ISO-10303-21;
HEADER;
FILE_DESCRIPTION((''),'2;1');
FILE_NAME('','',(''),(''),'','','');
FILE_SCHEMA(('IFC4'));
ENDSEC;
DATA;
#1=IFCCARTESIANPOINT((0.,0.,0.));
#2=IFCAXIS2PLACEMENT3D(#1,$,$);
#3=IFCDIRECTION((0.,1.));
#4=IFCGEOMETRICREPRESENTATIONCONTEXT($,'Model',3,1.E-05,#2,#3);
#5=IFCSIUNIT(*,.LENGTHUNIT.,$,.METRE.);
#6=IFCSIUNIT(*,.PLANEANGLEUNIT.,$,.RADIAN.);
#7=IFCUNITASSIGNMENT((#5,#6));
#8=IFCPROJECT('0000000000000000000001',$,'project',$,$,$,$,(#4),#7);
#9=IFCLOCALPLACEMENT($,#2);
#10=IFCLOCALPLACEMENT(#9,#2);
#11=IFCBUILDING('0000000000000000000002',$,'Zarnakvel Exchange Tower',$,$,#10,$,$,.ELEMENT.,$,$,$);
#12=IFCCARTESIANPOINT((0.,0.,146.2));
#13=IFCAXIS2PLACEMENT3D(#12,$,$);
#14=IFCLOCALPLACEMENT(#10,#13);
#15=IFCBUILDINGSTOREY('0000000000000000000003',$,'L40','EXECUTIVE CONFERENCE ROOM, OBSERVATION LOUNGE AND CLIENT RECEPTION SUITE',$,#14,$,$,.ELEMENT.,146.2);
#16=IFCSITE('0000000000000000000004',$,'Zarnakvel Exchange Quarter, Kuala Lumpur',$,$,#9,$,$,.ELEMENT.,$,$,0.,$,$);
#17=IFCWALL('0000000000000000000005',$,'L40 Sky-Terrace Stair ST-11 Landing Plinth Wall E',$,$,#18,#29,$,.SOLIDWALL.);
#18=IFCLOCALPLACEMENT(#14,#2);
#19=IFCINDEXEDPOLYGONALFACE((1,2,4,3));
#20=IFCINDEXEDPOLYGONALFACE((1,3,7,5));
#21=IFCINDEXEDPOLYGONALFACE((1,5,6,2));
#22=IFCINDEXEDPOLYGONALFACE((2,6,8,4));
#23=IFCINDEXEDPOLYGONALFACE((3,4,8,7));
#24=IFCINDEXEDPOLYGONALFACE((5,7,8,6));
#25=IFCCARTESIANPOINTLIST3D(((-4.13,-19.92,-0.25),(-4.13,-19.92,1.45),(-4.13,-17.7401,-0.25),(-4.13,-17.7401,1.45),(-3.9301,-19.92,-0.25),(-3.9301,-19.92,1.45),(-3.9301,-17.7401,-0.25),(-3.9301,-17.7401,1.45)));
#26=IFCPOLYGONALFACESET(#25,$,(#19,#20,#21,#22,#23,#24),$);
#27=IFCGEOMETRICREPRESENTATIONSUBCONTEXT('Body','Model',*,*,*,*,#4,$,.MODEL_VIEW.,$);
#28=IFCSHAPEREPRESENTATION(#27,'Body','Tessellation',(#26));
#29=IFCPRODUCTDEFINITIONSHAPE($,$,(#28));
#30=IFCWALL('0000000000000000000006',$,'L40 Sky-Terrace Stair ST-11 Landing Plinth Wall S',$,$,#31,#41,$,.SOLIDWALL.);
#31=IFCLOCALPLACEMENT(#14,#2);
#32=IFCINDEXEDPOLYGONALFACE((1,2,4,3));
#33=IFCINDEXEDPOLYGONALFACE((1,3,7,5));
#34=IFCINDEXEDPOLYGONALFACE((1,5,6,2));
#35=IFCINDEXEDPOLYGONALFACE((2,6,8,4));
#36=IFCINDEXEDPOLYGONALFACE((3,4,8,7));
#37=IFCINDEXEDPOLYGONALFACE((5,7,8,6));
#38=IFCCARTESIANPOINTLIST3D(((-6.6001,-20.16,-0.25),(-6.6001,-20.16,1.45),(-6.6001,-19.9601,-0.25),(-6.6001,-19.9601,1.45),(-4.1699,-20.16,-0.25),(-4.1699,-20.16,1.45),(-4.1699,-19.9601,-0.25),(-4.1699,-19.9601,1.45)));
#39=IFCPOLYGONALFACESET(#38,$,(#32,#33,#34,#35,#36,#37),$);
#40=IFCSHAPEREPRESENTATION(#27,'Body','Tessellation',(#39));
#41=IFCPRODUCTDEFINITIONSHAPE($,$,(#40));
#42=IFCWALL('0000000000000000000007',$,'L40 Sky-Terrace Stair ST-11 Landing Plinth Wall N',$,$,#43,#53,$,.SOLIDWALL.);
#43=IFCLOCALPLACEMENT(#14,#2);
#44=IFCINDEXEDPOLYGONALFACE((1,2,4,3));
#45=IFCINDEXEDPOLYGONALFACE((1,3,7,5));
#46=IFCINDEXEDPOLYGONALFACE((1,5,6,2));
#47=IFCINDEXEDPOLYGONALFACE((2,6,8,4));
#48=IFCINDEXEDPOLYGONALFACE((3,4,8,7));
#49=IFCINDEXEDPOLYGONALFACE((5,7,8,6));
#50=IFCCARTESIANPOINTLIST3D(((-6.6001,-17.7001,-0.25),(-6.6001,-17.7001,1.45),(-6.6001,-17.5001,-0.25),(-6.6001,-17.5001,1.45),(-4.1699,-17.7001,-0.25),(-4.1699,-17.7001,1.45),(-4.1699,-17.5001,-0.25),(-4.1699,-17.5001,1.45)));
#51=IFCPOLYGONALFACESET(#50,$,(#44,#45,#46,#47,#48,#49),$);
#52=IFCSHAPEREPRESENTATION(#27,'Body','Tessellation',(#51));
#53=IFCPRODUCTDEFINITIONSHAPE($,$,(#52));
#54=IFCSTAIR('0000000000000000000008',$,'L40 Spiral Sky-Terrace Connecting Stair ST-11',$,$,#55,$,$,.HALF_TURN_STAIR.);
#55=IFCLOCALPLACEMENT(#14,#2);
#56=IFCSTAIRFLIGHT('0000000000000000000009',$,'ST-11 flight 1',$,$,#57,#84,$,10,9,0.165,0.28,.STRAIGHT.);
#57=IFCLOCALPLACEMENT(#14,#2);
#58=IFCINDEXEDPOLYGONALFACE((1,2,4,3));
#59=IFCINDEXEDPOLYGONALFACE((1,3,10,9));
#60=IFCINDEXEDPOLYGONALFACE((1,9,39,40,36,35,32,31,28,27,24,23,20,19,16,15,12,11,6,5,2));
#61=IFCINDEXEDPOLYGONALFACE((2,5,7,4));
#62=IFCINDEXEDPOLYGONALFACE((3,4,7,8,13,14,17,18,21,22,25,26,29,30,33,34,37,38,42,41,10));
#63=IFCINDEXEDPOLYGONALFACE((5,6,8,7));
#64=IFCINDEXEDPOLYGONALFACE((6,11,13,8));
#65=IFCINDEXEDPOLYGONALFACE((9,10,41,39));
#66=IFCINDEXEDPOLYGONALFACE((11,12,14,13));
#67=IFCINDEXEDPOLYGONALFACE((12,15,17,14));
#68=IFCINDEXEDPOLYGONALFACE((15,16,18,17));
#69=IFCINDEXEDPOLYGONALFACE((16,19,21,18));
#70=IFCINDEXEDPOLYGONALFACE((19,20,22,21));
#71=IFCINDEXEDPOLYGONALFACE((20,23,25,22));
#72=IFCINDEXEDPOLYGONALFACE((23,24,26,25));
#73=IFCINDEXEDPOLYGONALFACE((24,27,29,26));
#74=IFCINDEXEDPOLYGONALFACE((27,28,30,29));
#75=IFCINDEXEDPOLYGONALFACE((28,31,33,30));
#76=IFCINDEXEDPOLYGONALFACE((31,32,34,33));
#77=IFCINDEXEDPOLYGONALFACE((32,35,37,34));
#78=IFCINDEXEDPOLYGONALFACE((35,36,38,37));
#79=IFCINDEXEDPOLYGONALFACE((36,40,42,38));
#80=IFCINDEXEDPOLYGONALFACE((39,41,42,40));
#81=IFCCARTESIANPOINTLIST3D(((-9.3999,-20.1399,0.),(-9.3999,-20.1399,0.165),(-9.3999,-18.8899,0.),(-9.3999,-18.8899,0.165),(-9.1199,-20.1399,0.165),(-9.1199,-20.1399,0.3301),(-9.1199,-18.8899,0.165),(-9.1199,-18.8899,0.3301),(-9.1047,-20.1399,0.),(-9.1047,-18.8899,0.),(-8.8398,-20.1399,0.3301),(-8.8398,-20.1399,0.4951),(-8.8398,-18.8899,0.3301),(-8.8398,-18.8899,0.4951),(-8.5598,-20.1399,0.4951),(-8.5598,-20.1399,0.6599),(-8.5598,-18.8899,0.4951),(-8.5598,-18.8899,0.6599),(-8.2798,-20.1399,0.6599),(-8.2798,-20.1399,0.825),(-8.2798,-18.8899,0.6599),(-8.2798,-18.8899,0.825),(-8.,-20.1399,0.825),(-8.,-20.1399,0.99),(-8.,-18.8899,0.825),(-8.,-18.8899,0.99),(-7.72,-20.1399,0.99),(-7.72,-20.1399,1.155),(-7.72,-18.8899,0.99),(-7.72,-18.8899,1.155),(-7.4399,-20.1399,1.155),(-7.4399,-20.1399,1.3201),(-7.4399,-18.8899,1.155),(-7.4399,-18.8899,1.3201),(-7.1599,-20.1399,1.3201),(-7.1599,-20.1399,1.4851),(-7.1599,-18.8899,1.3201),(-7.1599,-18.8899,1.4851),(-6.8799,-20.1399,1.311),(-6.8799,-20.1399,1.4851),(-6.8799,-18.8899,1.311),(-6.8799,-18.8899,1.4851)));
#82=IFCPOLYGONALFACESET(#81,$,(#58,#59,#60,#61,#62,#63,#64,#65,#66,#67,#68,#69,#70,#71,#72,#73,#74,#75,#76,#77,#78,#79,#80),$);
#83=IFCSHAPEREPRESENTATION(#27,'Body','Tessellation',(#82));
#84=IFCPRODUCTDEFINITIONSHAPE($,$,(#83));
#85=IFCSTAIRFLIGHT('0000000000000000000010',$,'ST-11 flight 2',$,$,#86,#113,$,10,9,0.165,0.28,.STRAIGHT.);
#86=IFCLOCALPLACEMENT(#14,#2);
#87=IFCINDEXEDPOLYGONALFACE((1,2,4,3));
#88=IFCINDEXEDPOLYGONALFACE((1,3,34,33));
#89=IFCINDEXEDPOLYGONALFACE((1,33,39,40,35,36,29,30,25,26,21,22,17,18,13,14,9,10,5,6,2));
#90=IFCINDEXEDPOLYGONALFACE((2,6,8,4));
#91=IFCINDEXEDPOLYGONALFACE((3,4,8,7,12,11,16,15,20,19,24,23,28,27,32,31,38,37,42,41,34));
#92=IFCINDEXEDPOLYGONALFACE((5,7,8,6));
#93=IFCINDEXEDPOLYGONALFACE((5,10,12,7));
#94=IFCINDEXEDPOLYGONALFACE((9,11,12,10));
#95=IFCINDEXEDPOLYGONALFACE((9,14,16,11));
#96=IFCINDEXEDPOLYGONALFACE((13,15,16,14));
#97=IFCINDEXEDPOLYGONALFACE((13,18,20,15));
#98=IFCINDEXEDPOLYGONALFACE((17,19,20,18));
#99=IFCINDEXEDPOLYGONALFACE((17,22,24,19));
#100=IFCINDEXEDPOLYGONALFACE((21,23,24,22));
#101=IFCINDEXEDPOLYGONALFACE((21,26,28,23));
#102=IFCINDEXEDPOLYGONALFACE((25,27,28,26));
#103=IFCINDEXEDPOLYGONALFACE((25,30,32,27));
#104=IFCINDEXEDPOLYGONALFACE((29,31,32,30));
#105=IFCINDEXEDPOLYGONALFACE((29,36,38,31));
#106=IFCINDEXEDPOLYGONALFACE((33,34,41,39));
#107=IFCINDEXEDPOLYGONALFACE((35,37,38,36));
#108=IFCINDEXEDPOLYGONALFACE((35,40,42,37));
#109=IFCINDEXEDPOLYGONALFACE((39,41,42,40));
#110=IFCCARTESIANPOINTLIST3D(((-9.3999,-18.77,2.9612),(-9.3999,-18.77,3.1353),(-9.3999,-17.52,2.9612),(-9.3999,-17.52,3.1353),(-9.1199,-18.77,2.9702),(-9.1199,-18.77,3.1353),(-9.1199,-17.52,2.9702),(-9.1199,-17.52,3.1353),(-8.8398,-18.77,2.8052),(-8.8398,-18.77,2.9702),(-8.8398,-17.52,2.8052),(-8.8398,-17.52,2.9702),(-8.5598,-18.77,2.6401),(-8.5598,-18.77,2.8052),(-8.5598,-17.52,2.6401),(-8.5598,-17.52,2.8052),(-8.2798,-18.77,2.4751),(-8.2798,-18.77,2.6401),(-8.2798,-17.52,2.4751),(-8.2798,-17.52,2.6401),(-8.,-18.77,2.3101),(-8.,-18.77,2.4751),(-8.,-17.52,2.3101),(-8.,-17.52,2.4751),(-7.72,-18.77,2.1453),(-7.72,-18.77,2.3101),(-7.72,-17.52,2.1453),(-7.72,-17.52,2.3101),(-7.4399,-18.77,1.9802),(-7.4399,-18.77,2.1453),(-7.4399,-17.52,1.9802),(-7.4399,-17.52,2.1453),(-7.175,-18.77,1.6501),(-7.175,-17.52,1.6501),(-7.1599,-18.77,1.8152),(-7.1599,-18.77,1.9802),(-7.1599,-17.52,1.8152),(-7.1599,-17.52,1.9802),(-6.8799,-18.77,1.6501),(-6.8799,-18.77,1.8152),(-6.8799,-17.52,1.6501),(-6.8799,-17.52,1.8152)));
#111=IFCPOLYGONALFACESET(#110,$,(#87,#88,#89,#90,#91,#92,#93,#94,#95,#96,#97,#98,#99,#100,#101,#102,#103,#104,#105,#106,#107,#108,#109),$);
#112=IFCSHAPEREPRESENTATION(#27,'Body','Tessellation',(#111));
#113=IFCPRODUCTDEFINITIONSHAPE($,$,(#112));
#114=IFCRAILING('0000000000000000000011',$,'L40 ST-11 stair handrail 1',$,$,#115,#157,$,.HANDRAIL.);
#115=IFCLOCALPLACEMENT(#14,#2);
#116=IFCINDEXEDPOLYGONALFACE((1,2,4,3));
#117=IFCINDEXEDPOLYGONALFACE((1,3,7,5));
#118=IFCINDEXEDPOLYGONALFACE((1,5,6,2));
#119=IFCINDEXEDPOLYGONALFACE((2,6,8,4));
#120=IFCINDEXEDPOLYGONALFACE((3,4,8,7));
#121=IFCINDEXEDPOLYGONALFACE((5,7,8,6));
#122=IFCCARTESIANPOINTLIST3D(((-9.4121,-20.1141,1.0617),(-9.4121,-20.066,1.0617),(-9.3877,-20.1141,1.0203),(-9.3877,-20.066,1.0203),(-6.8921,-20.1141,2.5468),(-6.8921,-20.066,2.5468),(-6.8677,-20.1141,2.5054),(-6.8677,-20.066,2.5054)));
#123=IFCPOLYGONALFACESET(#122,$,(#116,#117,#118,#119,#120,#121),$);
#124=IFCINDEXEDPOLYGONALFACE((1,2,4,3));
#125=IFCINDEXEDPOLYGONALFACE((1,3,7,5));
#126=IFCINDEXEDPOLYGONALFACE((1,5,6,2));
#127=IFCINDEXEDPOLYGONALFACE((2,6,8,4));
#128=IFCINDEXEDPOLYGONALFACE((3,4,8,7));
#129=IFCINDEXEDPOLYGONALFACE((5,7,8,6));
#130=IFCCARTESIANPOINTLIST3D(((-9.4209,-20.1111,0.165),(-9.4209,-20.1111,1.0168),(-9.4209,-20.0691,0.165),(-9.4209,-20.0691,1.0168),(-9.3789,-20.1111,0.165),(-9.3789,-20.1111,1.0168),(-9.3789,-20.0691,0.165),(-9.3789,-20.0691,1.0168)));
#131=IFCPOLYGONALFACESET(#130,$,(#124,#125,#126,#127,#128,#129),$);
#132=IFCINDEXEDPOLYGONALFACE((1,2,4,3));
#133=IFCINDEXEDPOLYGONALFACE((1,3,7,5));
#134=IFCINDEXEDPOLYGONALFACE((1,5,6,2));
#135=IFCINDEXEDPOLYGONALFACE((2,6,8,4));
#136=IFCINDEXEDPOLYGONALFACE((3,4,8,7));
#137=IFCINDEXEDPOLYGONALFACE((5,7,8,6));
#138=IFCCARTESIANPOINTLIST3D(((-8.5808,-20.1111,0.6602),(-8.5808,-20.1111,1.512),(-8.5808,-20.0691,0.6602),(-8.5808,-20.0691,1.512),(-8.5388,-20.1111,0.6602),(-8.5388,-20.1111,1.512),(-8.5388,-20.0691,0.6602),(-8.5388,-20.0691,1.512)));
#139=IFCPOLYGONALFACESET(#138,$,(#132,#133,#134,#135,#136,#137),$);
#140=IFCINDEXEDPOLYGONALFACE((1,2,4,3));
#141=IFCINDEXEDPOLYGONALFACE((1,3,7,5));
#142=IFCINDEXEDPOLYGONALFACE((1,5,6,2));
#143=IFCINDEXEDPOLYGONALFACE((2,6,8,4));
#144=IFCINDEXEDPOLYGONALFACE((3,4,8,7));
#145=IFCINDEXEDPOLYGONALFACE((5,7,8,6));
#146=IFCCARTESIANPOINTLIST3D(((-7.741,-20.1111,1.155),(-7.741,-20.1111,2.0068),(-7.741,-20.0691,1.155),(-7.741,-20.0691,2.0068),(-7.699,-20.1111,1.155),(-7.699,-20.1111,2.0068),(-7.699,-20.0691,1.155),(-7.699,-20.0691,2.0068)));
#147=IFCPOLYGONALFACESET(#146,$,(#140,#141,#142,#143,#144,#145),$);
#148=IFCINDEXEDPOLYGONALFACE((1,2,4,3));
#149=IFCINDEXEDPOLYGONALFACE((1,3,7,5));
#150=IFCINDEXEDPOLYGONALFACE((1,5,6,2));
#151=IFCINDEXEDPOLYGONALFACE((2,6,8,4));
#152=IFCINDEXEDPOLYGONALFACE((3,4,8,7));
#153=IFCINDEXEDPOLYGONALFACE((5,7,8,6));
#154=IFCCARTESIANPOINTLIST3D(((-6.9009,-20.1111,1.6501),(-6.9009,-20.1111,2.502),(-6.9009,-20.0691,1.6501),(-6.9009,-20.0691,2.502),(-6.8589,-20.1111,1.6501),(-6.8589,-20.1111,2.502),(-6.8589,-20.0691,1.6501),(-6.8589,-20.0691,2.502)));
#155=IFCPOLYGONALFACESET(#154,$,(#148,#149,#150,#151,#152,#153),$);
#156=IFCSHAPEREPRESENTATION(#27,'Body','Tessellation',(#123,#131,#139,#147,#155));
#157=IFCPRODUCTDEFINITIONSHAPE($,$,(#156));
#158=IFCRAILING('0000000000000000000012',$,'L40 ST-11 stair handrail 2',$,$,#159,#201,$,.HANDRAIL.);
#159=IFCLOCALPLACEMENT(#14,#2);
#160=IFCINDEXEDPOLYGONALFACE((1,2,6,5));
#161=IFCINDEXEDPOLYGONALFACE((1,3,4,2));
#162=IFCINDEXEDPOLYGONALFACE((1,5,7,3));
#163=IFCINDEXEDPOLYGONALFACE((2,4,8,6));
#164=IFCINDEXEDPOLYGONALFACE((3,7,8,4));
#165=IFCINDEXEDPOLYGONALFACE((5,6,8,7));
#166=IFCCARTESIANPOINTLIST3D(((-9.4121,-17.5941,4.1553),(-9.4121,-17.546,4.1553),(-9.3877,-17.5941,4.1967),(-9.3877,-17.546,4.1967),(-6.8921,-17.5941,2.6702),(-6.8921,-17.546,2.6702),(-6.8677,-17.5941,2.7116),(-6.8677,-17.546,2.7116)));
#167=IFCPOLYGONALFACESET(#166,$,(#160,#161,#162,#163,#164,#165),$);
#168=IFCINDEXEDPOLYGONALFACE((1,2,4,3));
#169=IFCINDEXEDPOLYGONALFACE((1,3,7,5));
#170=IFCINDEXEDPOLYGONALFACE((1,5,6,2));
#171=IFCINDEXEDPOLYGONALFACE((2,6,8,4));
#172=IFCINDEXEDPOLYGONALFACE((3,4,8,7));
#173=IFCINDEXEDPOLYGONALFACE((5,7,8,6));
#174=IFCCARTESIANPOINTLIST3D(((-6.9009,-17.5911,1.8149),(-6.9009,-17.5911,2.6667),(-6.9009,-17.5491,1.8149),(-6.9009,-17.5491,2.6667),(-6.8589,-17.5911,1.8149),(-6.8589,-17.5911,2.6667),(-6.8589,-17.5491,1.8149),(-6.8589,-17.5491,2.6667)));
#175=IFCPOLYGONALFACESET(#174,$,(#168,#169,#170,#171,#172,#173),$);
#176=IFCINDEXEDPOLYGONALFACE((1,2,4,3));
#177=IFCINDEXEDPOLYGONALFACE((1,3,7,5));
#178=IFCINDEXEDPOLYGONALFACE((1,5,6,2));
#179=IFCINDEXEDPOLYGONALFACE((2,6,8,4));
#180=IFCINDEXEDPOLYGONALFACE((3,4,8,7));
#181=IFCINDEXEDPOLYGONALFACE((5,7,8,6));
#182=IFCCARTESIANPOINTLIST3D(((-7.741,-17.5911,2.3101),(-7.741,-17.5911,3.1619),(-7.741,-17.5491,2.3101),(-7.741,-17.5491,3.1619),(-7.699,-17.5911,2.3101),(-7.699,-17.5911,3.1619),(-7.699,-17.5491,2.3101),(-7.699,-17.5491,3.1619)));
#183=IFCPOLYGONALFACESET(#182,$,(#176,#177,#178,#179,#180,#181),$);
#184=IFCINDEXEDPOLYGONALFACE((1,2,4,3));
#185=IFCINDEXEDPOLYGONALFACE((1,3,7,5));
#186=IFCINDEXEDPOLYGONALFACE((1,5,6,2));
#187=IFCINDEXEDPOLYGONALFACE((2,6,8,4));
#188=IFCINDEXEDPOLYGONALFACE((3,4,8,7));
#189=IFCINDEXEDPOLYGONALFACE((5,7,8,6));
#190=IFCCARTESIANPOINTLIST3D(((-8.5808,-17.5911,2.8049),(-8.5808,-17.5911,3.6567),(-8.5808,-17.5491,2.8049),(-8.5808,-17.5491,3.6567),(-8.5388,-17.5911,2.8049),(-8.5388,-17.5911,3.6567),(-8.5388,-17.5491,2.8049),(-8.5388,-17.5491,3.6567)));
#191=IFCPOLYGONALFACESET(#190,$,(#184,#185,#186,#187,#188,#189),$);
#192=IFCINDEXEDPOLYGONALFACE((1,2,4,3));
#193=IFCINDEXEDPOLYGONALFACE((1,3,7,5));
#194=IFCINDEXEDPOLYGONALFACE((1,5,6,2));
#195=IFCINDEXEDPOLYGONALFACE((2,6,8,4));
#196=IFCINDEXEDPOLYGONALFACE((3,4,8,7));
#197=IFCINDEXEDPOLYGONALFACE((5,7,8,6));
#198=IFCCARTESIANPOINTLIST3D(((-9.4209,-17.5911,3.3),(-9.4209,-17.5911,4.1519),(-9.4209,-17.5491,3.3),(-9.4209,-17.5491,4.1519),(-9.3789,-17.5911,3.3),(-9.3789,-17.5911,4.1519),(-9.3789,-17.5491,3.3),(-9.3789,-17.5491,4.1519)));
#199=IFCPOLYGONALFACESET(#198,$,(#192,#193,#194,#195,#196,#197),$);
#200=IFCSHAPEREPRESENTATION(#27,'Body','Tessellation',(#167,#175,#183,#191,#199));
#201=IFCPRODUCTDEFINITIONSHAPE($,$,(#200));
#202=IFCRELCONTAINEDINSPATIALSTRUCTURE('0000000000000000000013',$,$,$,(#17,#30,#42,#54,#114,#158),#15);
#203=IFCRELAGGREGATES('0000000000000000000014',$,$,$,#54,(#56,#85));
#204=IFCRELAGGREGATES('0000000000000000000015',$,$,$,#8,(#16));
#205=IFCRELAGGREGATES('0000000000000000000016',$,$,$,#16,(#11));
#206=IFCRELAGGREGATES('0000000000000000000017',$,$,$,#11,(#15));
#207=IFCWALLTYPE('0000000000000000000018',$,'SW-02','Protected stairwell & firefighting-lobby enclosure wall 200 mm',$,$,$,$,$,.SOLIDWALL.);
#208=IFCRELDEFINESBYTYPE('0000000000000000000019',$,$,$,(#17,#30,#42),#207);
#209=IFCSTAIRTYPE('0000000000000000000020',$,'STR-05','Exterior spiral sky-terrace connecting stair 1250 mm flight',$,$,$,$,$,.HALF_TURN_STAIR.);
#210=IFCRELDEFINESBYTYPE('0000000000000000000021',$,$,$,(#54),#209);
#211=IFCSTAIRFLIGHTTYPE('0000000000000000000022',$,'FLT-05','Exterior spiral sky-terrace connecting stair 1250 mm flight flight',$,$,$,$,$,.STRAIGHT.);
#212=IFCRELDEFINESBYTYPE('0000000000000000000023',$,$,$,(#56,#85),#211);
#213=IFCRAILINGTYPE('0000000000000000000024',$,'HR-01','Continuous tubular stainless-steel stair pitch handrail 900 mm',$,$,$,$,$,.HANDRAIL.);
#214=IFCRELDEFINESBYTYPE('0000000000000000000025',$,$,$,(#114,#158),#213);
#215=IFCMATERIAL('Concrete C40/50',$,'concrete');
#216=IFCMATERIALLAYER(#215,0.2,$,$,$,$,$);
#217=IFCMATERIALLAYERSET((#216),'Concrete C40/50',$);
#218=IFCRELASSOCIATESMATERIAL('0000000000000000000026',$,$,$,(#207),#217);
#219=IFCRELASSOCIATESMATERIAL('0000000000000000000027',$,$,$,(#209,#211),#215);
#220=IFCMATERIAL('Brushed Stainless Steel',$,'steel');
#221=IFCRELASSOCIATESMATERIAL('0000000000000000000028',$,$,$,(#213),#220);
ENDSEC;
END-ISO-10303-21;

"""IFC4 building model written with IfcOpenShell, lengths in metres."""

from ifc_helpers import new_model, si_unit, direction, frame, frame_2d, origin, origin_2d, place, context, subcontext, project, spatial, polyline, rectangle, outline, extrude, material, layer, layer_set, type_object, element, aggregate, save


model = new_model("IFC4")

# Units and contexts
model_context = context("Model", 3, precision=1e-05, world=origin(), true_north=direction((0.0, 1.0)))
body_context = subcontext(model_context, "Body", "Model", "MODEL_VIEW")
ifc_project = project(units=[si_unit("LENGTHUNIT", "METRE"), si_unit("PLANEANGLEUNIT", "RADIAN")], contexts=[model_context])

# Site, building, storey
site_placement = place(None, origin())
site = spatial("IfcSite", under=ifc_project, at=site_placement, Name="Zarnakvel Exchange Quarter, Kuala Lumpur", CompositionType="ELEMENT", RefElevation=0.0)
building_placement = place(site_placement, origin())
building = spatial("IfcBuilding", under=site, at=building_placement, Name="Zarnakvel Exchange Tower", CompositionType="ELEMENT")
storey_placement = place(building_placement, frame((0.0, 0.0, 146.2)))
storey = spatial("IfcBuildingStorey", under=building, at=storey_placement, Name="L40", Description="EXECUTIVE CONFERENCE ROOM, OBSERVATION LOUNGE AND CLIENT RECEPTION SUITE", CompositionType="ELEMENT", Elevation=146.2)

# Walls
ifc_material_1 = material(Name="Concrete C40/50", Category="concrete")
ifc_layer_1 = layer(ifc_material_1, 0.2)
ifc_layer_set_1 = layer_set([ifc_layer_1], Name="Concrete C40/50")
wall_type_1 = type_object("IfcWallType", Name="SW-02", Description="Protected stairwell & firefighting-lobby enclosure wall 200 mm", PredefinedType="SOLIDWALL", material=ifc_layer_set_1)
wall_1_placement = place(storey_placement, frame((-4.03, -19.9199, -0.25), z_axis=(0.0, 0.0, 1.0), x_axis=(0.0, 1.0, 0.0)))
element("IfcWall", 1, at=wall_1_placement, inside=storey, type_object=wall_type_1, Name="L40 Sky-Terrace Stair ST-11 Landing Plinth Wall E", PredefinedType="SOLIDWALL", context=body_context, shape_type="SweptSolid", body=[
    extrude(rectangle(XDim=2.1799, YDim=0.2, at=frame_2d((1.0898, 0.0))), origin(), (0.0, 0.0, 1.0), 1.7),
])
for number, where, z_axis, x_axis, name in (
    (2, (-6.6001, -20.0601, -0.25), (0.0, 0.0, 1.0), (1.0, 0.0, 0.0), "L40 Sky-Terrace Stair ST-11 Landing Plinth Wall S"),
    (3, (-6.6001, -17.6001, -0.25), (0.0, 0.0, 1.0), (1.0, 0.0, 0.0), "L40 Sky-Terrace Stair ST-11 Landing Plinth Wall N"),
):
    element("IfcWall", number, at=place(storey_placement, frame(where, z_axis=z_axis, x_axis=x_axis)), inside=storey, type_object=wall_type_1, Name=name, PredefinedType="SOLIDWALL", context=body_context, shape_type="SweptSolid", body=[
        extrude(rectangle(XDim=2.4302, YDim=0.2, at=frame_2d((1.2151, 0.0))), origin(), (0.0, 0.0, 1.0), 1.7),
    ])

# Stair, stair flights
stair_type = type_object("IfcStairType", Name="STR-05", Description="Exterior spiral sky-terrace connecting stair 1250 mm flight", PredefinedType="HALF_TURN_STAIR", material=ifc_material_1)
stair_placement = place(storey_placement, origin())
stair = element("IfcStair", 4, at=stair_placement, inside=storey, type_object=stair_type, Name="L40 Spiral Sky-Terrace Connecting Stair ST-11", PredefinedType="HALF_TURN_STAIR")
stair_flight_type = type_object("IfcStairFlightType", Name="FLT-05", Description="Exterior spiral sky-terrace connecting stair 1250 mm flight flight", PredefinedType="STRAIGHT", material=ifc_material_1)
stair_flight_1_placement = place(storey_placement, frame((-9.3999, -19.5149, 0.0), z_axis=(0.0, 0.0, 1.0), x_axis=(1.0, 0.0, 0.0)))
stair_flight_1 = element("IfcStairFlight", 5, at=stair_flight_1_placement, type_object=stair_flight_type, Name="ST-11 flight 1", NumberOfRisers=10, NumberOfTreads=9, PredefinedType="STRAIGHT", RiserHeight=0.165, TreadLength=0.28, context=body_context, shape_type="SweptSolid", body=[
    extrude(outline(polyline([(0.0, 0.0), (0.0, 0.165), (0.28, 0.165), (0.28, 0.3301), (0.5601, 0.3301), (0.5601, 0.4951), (0.8401, 0.4951), (0.8401, 0.6599), (1.1201, 0.6599), (1.1201, 0.825), (1.3999, 0.825), (1.3999, 0.99), (1.6799, 0.99), (1.6799, 1.155), (1.96, 1.155), (1.96, 1.3201), (2.24, 1.3201), (2.24, 1.4851), (2.52, 1.4851), (2.52, 1.6499), (2.52, 1.311), (0.2952, 0.0), (0.0, 0.0)])), frame((0.0, 0.625, 0.0), z_axis=(0.0, -1.0, 0.0), x_axis=(1.0, 0.0, 0.0)), (0.0, 0.0, 1.0), 1.25),
])
stair_flight_2_placement = place(storey_placement, frame((-6.8799, -18.145, 1.6501), z_axis=(0.0, 0.0, 1.0), x_axis=(-1.0, 0.0, 0.0)))
stair_flight_2 = element("IfcStairFlight", 6, at=stair_flight_2_placement, type_object=stair_flight_type, Name="ST-11 flight 2", NumberOfRisers=10, NumberOfTreads=9, PredefinedType="STRAIGHT", RiserHeight=0.165, TreadLength=0.28, context=body_context, shape_type="SweptSolid", body=[
    extrude(outline(polyline([(0.0, 0.0), (0.0, 0.165), (0.28, 0.165), (0.28, 0.3301), (0.5601, 0.3301), (0.5601, 0.4951), (0.8401, 0.4951), (0.8401, 0.6599), (1.1201, 0.6599), (1.1201, 0.825), (1.3999, 0.825), (1.3999, 0.99), (1.6799, 0.99), (1.6799, 1.155), (1.96, 1.155), (1.96, 1.3201), (2.24, 1.3201), (2.24, 1.4851), (2.52, 1.4851), (2.52, 1.6499), (2.52, 1.311), (0.2952, 0.0), (0.0, 0.0)])), frame((0.0, 0.625, 0.0), z_axis=(0.0, -1.0, 0.0), x_axis=(1.0, 0.0, 0.0)), (0.0, 0.0, 1.0), 1.25),
])
aggregate(stair, [stair_flight_1, stair_flight_2])

# Railings
ifc_material_2 = material(Name="Brushed Stainless Steel", Category="steel")
railing_type_1 = type_object("IfcRailingType", Name="HR-01", Description="Continuous tubular stainless-steel stair pitch handrail 900 mm", PredefinedType="HANDRAIL", material=ifc_material_2)
railing_1_placement = place(storey_placement, frame((-9.3999, -20.0901, 0.165)))
element("IfcRailing", 7, at=railing_1_placement, inside=storey, type_object=railing_type_1, Name="L40 ST-11 stair handrail 1", PredefinedType="HANDRAIL", context=body_context, shape_type="SweptSolid", body=[
    extrude(rectangle(XDim=0.0481, YDim=0.0481, at=origin_2d()), frame((0.0, 0.0, 0.876), z_axis=(0.861524, 0.0, 0.507717), x_axis=(0.0, 1.0, 0.0)), (0.0, 0.0, 1.0), 2.925),
    extrude(rectangle(XDim=0.042, YDim=0.042, at=origin_2d()), origin(), (0.0, 0.0, 1.0), 0.8518),
    extrude(rectangle(XDim=0.042, YDim=0.042, at=origin_2d()), frame((0.8401, 0.0, 0.4951)), (0.0, 0.0, 1.0), 0.8518),
    extrude(rectangle(XDim=0.042, YDim=0.042, at=origin_2d()), frame((1.6799, 0.0, 0.99)), (0.0, 0.0, 1.0), 0.8518),
    extrude(rectangle(XDim=0.042, YDim=0.042, at=origin_2d()), frame((2.52, 0.0, 1.4851)), (0.0, 0.0, 1.0), 0.8518),
])
railing_2_placement = place(storey_placement, frame((-6.8799, -17.5701, 1.8149)))
element("IfcRailing", 8, at=railing_2_placement, inside=storey, type_object=railing_type_1, Name="L40 ST-11 stair handrail 2", PredefinedType="HANDRAIL", context=body_context, shape_type="SweptSolid", body=[
    extrude(rectangle(XDim=0.0481, YDim=0.0481, at=origin_2d()), frame((0.0, 0.0, 0.876), z_axis=(-0.861524, 0.0, 0.507717), x_axis=(0.0, -1.0, 0.0)), (0.0, 0.0, 1.0), 2.925),
    extrude(rectangle(XDim=0.042, YDim=0.042, at=origin_2d()), origin(), (0.0, 0.0, 1.0), 0.8518),
    extrude(rectangle(XDim=0.042, YDim=0.042, at=origin_2d()), frame((-0.8401, 0.0, 0.4951)), (0.0, 0.0, 1.0), 0.8518),
    extrude(rectangle(XDim=0.042, YDim=0.042, at=origin_2d()), frame((-1.6799, 0.0, 0.99)), (0.0, 0.0, 1.0), 0.8518),
    extrude(rectangle(XDim=0.042, YDim=0.042, at=origin_2d()), frame((-2.52, 0.0, 1.4851)), (0.0, 0.0, 1.0), 0.8518),
])

save(model, "model.ifc")
